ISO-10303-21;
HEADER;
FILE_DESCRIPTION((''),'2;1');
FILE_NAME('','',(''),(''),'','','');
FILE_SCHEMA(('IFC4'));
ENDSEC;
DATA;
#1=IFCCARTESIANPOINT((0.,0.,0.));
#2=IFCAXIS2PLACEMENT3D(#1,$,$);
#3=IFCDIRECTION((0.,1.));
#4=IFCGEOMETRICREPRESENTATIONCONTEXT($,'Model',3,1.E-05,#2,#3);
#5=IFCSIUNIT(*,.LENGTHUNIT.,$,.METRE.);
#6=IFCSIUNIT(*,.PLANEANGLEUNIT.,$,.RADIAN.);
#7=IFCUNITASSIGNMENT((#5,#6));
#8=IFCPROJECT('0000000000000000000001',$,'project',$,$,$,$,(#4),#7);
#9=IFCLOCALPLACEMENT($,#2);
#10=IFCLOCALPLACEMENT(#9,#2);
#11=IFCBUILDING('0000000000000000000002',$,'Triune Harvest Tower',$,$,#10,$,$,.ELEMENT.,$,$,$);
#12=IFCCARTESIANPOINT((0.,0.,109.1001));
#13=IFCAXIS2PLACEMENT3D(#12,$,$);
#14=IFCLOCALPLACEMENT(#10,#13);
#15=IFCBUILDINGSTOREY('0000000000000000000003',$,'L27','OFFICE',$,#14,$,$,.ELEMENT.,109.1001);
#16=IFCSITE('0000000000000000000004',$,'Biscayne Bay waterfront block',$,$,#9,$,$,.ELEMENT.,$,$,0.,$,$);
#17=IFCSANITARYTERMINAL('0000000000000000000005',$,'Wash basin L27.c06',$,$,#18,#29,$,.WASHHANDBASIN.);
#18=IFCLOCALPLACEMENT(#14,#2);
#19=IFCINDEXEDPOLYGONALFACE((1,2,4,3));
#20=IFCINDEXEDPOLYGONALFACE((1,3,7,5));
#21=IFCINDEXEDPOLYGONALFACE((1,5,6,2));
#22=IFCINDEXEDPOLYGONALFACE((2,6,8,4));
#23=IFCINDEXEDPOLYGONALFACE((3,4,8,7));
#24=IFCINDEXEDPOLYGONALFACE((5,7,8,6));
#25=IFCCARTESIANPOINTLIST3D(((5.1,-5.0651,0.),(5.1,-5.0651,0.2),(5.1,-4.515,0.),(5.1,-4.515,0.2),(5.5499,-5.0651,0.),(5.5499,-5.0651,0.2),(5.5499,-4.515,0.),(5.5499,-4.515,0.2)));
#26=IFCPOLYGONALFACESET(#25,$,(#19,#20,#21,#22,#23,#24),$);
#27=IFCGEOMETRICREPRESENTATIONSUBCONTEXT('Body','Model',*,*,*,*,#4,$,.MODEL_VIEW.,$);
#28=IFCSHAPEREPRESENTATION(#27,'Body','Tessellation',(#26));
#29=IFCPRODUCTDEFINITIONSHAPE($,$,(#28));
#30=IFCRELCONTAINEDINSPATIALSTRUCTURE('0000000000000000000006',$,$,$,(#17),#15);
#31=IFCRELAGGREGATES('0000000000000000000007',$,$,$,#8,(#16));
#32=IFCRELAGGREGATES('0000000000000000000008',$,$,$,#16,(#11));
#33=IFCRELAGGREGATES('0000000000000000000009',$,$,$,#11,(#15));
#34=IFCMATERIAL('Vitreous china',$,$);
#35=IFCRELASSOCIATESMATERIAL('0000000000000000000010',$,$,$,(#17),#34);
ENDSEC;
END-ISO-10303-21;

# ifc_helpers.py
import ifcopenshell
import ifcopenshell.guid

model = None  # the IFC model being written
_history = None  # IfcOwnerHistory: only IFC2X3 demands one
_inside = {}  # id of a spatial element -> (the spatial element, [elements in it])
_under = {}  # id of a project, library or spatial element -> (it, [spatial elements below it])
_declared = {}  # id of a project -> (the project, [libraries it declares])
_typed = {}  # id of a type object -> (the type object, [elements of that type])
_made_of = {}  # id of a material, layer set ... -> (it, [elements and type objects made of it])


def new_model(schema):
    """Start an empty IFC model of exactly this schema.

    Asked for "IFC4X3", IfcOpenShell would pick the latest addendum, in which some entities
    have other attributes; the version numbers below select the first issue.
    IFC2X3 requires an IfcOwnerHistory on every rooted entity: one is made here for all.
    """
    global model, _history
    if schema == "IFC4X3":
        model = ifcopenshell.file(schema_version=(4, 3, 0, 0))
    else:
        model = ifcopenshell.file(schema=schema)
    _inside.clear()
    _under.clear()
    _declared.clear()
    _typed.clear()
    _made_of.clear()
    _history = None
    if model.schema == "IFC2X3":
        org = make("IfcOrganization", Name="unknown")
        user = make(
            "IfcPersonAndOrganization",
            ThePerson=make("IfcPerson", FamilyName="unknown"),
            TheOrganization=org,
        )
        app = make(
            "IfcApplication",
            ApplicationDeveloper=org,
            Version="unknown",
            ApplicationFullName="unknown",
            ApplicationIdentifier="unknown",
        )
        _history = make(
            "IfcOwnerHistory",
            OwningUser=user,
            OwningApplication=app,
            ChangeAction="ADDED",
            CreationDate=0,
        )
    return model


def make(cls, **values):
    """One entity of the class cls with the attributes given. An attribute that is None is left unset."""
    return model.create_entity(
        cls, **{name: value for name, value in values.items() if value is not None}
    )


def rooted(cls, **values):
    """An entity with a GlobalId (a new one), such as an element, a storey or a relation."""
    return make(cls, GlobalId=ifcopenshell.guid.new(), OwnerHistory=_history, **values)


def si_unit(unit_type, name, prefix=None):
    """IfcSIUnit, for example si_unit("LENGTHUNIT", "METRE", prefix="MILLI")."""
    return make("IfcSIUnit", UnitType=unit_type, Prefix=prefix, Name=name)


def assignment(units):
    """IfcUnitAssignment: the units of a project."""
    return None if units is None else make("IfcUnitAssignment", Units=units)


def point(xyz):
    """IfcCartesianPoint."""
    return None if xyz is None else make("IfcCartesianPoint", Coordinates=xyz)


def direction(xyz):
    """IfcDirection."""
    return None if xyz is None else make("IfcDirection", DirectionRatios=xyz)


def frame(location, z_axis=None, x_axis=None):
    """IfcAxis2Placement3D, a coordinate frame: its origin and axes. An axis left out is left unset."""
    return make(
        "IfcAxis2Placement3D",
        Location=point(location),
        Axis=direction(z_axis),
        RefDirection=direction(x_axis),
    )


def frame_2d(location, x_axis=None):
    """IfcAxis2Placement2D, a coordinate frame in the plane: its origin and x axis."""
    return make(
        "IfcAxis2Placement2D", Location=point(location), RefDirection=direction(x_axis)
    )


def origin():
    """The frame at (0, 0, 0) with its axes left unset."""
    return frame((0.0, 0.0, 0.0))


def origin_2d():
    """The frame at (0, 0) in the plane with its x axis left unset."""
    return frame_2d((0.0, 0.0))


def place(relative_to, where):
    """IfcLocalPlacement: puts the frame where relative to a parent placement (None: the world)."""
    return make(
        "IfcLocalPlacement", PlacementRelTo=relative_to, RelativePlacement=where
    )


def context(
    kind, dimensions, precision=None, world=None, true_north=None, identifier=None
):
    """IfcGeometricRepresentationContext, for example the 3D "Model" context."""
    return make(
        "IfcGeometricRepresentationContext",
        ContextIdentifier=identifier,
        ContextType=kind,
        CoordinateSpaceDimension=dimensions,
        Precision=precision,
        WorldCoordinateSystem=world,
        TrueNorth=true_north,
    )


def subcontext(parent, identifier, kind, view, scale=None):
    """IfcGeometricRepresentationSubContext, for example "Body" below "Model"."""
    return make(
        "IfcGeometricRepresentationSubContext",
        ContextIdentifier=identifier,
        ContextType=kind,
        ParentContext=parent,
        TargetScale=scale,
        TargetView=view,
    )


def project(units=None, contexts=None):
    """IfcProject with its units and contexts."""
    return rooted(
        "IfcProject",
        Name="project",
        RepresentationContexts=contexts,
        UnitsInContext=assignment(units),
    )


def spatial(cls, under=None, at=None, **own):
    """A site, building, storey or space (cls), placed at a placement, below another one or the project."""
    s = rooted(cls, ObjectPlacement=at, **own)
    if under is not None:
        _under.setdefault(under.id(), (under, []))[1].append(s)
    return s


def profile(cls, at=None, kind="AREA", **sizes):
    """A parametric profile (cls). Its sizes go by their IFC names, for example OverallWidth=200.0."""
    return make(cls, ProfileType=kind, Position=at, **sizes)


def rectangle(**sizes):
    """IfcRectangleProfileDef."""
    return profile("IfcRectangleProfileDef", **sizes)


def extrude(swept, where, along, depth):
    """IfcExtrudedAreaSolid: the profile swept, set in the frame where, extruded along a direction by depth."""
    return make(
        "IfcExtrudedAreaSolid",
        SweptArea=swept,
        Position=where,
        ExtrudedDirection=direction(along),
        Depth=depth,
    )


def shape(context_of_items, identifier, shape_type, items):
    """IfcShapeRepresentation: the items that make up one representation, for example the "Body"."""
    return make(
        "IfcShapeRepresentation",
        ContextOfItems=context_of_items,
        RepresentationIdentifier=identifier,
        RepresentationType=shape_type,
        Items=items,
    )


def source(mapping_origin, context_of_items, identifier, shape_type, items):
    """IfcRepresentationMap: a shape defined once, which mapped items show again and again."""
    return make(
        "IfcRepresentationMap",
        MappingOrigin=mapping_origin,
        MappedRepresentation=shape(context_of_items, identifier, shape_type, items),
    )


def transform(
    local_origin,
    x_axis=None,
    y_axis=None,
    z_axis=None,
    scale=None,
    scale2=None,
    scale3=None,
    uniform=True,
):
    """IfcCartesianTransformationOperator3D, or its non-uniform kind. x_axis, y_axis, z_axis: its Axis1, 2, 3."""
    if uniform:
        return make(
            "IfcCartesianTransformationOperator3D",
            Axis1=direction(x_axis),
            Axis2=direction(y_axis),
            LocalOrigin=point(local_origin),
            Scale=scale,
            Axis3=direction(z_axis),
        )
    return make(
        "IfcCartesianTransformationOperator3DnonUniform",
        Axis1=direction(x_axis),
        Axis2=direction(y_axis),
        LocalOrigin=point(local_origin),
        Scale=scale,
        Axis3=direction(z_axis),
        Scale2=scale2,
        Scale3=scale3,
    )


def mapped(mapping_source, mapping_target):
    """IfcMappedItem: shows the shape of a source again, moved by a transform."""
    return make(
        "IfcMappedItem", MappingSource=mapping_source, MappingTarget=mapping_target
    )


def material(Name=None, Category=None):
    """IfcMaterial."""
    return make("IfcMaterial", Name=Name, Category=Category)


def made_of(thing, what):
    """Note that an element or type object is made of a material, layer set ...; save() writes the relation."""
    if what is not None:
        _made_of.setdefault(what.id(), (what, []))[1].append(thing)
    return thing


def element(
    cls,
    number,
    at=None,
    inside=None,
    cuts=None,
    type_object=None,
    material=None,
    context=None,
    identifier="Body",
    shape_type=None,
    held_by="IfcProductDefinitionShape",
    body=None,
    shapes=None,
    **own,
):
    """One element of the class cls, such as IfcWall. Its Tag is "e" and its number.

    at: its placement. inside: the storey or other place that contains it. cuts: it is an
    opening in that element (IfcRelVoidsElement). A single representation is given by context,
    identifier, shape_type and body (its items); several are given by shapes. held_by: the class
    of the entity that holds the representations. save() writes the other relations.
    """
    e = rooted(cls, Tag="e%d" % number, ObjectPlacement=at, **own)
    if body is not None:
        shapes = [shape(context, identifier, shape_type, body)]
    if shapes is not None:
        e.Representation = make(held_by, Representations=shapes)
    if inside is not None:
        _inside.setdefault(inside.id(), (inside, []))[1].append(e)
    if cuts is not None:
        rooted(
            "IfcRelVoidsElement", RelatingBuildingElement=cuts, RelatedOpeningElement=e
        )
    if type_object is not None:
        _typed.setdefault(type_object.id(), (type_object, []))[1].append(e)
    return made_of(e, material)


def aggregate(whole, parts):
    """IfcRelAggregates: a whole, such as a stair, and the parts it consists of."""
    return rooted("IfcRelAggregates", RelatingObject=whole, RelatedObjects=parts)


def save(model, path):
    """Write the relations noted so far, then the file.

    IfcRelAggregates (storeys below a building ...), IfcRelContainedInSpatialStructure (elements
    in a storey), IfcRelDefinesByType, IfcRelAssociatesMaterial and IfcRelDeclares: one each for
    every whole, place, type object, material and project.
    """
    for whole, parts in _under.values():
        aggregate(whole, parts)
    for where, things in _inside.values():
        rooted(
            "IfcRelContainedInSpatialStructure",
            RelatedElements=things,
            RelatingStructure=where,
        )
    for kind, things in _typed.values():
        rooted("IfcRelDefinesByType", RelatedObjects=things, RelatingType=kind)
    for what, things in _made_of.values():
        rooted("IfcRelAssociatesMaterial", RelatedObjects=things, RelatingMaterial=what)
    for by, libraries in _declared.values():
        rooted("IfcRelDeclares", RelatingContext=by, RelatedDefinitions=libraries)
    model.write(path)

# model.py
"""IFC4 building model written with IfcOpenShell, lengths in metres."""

from ifc_helpers import new_model, si_unit, direction, frame, origin, origin_2d, place, context, subcontext, project, spatial, rectangle, extrude, source, transform, mapped, material, element, save


model = new_model("IFC4")

# Units and contexts
model_context = context("Model", 3, precision=1e-05, world=origin(), true_north=direction((0.0, 1.0)))
body_context = subcontext(model_context, "Body", "Model", "MODEL_VIEW")
ifc_project = project(units=[si_unit("LENGTHUNIT", "METRE"), si_unit("PLANEANGLEUNIT", "RADIAN")], contexts=[model_context])

# Site, building, storey
site_placement = place(None, origin())
site = spatial("IfcSite", under=ifc_project, at=site_placement, Name="Biscayne Bay waterfront block", CompositionType="ELEMENT", RefElevation=0.0)
building_placement = place(site_placement, origin())
building = spatial("IfcBuilding", under=site, at=building_placement, Name="Triune Harvest Tower", CompositionType="ELEMENT")
storey_placement = place(building_placement, frame((0.0, 0.0, 109.1001)))
storey = spatial("IfcBuildingStorey", under=building, at=storey_placement, Name="L27", Description="OFFICE", CompositionType="ELEMENT", Elevation=109.1001)

# Sanitary terminal
ifc_material_1 = material(Name="Vitreous china")
shared_shape_1 = source(origin(), body_context, "Body", "SweptSolid", [
    extrude(rectangle(XDim=0.55, YDim=0.45, at=origin_2d()), origin(), (0.0, 0.0, 1.0), 0.2),
])
sanitary_terminal_1_placement = place(storey_placement, frame((5.325, -4.79, 0.0), z_axis=(0.0, 0.0, 1.0), x_axis=(0.0, 1.0, 0.0)))
element("IfcSanitaryTerminal", 1, at=sanitary_terminal_1_placement, inside=storey, material=ifc_material_1, Name="Wash basin L27.c06", PredefinedType="WASHHANDBASIN", context=body_context, shape_type="MappedRepresentation", body=[
    mapped(shared_shape_1, transform((0.0, 0.0, 0.0), scale=1.0)),
])

save(model, "model.ifc")
